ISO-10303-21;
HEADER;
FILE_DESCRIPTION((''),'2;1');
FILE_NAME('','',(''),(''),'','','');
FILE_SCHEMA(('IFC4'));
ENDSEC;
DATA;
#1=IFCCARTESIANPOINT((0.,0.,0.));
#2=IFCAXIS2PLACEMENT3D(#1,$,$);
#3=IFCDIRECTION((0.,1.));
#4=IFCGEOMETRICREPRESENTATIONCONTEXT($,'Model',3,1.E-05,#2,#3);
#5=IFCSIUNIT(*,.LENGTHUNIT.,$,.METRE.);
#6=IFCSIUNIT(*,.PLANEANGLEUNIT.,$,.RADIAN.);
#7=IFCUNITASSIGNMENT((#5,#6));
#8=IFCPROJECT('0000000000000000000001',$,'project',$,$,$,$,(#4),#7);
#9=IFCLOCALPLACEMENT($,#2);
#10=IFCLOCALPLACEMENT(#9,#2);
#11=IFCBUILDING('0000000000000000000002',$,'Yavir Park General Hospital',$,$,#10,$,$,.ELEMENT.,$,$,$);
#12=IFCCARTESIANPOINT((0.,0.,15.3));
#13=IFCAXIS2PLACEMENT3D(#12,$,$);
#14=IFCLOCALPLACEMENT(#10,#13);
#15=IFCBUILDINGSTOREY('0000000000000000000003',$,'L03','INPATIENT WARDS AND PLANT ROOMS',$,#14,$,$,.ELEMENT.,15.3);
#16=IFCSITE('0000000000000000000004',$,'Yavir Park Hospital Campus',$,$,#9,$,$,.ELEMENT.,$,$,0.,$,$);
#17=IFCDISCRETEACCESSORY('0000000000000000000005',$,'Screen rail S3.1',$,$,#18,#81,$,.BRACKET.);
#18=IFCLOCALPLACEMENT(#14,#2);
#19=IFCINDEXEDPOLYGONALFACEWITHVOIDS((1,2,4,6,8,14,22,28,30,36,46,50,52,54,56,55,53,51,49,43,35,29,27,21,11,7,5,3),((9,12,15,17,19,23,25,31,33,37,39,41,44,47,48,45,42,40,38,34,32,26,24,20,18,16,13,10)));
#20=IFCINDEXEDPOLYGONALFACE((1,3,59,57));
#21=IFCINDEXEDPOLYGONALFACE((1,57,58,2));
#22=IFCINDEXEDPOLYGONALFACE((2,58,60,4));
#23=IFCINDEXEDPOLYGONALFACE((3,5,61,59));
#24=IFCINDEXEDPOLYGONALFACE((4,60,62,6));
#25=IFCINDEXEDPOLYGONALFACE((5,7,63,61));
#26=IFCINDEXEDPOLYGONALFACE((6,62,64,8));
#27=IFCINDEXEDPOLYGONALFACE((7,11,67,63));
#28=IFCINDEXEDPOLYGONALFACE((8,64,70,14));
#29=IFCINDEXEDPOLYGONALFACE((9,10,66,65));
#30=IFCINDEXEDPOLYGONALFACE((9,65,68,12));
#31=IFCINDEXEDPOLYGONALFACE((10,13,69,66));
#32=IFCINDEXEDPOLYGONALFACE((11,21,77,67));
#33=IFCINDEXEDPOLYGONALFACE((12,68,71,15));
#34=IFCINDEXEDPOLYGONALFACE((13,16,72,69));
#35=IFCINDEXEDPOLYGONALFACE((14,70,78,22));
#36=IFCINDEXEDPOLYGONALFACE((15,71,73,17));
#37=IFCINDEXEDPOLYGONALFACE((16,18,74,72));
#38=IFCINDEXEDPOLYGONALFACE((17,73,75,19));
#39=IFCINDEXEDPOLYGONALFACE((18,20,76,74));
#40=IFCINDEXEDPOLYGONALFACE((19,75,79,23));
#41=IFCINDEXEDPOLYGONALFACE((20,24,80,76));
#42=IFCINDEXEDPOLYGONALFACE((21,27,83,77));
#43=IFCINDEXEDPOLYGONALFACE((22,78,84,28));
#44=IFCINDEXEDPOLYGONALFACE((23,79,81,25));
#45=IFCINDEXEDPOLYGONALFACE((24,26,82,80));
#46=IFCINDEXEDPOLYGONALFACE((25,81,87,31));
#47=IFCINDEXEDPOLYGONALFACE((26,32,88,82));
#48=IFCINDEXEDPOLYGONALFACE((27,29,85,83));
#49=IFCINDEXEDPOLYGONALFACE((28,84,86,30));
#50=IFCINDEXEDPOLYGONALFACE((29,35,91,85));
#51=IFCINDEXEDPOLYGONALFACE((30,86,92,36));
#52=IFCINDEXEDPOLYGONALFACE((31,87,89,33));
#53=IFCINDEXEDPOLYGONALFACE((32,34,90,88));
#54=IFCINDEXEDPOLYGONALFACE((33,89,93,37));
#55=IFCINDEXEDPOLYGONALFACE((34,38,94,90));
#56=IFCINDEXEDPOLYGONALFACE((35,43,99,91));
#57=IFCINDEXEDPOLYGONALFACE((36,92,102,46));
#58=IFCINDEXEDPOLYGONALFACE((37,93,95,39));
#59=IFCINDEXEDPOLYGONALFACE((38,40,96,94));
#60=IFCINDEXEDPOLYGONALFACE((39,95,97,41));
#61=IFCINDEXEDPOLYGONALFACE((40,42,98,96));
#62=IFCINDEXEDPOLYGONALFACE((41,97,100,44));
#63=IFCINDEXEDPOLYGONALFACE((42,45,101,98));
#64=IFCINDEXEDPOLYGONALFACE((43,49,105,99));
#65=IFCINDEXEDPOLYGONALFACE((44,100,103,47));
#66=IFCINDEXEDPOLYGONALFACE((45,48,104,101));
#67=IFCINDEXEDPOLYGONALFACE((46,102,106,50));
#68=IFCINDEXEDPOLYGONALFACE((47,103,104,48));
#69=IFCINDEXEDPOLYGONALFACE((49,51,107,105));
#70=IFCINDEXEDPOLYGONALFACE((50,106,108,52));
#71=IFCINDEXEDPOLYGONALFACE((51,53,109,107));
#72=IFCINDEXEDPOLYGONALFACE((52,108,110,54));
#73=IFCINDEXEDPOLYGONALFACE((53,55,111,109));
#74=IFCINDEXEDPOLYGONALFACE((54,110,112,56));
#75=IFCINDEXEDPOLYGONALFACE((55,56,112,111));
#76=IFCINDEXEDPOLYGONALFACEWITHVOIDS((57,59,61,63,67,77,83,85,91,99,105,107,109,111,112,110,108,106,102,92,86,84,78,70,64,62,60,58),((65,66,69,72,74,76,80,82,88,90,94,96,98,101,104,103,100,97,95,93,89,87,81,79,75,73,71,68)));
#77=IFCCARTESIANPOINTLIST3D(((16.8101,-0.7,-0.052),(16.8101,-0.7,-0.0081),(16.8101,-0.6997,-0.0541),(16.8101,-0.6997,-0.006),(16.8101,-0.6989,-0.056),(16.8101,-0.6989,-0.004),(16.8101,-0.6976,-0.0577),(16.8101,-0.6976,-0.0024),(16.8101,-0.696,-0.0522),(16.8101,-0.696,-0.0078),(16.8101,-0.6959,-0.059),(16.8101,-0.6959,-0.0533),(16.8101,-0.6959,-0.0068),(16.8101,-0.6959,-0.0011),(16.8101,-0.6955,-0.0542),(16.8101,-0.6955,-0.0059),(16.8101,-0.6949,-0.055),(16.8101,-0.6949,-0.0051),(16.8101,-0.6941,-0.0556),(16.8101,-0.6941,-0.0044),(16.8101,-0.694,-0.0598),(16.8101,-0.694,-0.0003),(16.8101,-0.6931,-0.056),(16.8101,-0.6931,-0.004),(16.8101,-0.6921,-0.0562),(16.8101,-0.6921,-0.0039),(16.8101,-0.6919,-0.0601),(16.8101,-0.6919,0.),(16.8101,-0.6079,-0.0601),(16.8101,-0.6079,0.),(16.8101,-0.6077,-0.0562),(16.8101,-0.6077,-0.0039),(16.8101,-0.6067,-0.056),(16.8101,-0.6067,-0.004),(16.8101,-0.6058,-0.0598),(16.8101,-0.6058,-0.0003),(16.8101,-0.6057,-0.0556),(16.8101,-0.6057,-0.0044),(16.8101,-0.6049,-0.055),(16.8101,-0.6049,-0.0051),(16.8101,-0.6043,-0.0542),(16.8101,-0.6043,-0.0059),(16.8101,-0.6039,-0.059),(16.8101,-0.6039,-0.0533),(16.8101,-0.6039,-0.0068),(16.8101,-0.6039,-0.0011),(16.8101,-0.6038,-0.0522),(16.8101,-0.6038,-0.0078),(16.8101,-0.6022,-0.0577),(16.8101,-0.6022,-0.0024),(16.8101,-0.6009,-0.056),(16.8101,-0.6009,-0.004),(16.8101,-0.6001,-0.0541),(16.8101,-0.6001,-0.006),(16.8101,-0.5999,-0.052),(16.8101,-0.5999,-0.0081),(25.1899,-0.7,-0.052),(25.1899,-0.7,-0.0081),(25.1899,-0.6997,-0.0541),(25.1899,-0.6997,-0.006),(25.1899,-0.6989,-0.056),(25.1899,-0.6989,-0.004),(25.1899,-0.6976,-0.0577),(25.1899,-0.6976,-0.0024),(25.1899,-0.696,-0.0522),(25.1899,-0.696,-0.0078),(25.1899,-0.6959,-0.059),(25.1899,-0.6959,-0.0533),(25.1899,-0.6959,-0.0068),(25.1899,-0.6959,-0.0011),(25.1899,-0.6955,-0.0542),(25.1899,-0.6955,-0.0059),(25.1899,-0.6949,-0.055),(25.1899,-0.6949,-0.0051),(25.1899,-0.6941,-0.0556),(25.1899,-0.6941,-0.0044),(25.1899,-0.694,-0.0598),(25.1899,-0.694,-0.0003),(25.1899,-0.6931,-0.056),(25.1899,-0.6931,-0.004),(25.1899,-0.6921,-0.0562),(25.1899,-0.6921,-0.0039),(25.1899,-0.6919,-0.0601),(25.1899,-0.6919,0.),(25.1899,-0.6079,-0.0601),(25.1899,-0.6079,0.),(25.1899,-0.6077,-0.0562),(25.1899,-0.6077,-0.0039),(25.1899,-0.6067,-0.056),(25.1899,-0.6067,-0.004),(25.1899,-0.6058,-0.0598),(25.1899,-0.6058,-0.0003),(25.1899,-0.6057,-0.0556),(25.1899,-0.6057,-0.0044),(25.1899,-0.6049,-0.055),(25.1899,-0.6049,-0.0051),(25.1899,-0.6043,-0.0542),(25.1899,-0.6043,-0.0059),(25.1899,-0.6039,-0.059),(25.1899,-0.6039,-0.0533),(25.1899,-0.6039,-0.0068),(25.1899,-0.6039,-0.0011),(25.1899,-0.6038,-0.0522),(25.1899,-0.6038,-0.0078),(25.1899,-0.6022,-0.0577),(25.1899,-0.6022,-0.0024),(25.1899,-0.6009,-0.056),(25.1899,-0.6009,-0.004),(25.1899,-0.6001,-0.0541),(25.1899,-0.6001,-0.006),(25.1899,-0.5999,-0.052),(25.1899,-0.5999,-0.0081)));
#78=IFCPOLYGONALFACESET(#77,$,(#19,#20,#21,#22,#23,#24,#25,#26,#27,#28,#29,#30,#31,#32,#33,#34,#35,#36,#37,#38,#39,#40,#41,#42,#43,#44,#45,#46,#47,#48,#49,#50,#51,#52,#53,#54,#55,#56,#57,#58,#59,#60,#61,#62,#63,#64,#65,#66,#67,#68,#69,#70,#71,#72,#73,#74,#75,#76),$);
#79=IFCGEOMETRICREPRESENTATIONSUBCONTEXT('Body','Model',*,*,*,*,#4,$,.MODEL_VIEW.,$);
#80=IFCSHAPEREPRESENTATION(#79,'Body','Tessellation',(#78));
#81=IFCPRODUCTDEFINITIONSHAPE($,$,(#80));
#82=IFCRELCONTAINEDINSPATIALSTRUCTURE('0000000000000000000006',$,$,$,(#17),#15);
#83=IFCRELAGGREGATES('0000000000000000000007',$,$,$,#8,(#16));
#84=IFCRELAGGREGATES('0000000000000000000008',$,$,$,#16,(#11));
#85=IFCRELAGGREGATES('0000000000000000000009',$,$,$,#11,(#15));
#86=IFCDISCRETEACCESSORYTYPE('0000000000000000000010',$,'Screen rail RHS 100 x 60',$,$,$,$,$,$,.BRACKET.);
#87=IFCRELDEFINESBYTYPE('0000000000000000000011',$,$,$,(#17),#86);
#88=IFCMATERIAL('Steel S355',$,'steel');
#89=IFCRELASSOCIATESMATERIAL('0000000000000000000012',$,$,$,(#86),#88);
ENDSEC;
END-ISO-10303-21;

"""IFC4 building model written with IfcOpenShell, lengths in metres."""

from ifc_helpers import new_model, si_unit, direction, frame, origin, origin_2d, place, context, subcontext, project, spatial, hollow_rectangle, extrude, material, material_profile, profile_set, type_object, element, save


model = new_model("IFC4")

# Units and contexts
model_context = context("Model", 3, precision=1e-05, world=origin(), true_north=direction((0.0, 1.0)))
body_context = subcontext(model_context, "Body", "Model", "MODEL_VIEW")
ifc_project = project(units=[si_unit("LENGTHUNIT", "METRE"), si_unit("PLANEANGLEUNIT", "RADIAN")], contexts=[model_context])

# Site, building, storey
site_placement = place(None, origin())
site = spatial("IfcSite", under=ifc_project, at=site_placement, Name="Yavir Park Hospital Campus", CompositionType="ELEMENT", RefElevation=0.0)
building_placement = place(site_placement, origin())
building = spatial("IfcBuilding", under=site, at=building_placement, Name="Yavir Park General Hospital", CompositionType="ELEMENT")
storey_placement = place(building_placement, frame((0.0, 0.0, 15.3)))
storey = spatial("IfcBuildingStorey", under=building, at=storey_placement, Name="L03", Description="INPATIENT WARDS AND PLANT ROOMS", CompositionType="ELEMENT", Elevation=15.3)

# Discrete accessory
ifc_material_1 = material(Name="Steel S355", Category="steel")
ifc_material_profile_1 = material_profile(ifc_material_1, hollow_rectangle(XDim=0.1001, YDim=0.0601, WallThickness=0.0039, InnerFilletRadius=0.0039, OuterFilletRadius=0.0081, at=origin_2d()), Name="RHS60x100x4")
ifc_profile_set_1 = profile_set([ifc_material_profile_1], Name="Steel S355")
discrete_accessory_type_1 = type_object("IfcDiscreteAccessoryType", Name="Screen rail RHS 100 x 60", PredefinedType="BRACKET", material=ifc_profile_set_1)
discrete_accessory_placement = place(storey_placement, frame((16.8101, -0.6499, -0.03), z_axis=(1.0, 0.0, 0.0), x_axis=(0.0, 1.0, 0.0)))
element("IfcDiscreteAccessory", 1, at=discrete_accessory_placement, inside=storey, type_object=discrete_accessory_type_1, Name="Screen rail S3.1", PredefinedType="BRACKET", context=body_context, shape_type="SweptSolid", body=[
    extrude(hollow_rectangle(XDim=0.1001, YDim=0.0601, WallThickness=0.0039, InnerFilletRadius=0.0039, OuterFilletRadius=0.0081, at=origin_2d()), origin(), (0.0, 0.0, 1.0), 8.3799),
])

save(model, "model.ifc")
